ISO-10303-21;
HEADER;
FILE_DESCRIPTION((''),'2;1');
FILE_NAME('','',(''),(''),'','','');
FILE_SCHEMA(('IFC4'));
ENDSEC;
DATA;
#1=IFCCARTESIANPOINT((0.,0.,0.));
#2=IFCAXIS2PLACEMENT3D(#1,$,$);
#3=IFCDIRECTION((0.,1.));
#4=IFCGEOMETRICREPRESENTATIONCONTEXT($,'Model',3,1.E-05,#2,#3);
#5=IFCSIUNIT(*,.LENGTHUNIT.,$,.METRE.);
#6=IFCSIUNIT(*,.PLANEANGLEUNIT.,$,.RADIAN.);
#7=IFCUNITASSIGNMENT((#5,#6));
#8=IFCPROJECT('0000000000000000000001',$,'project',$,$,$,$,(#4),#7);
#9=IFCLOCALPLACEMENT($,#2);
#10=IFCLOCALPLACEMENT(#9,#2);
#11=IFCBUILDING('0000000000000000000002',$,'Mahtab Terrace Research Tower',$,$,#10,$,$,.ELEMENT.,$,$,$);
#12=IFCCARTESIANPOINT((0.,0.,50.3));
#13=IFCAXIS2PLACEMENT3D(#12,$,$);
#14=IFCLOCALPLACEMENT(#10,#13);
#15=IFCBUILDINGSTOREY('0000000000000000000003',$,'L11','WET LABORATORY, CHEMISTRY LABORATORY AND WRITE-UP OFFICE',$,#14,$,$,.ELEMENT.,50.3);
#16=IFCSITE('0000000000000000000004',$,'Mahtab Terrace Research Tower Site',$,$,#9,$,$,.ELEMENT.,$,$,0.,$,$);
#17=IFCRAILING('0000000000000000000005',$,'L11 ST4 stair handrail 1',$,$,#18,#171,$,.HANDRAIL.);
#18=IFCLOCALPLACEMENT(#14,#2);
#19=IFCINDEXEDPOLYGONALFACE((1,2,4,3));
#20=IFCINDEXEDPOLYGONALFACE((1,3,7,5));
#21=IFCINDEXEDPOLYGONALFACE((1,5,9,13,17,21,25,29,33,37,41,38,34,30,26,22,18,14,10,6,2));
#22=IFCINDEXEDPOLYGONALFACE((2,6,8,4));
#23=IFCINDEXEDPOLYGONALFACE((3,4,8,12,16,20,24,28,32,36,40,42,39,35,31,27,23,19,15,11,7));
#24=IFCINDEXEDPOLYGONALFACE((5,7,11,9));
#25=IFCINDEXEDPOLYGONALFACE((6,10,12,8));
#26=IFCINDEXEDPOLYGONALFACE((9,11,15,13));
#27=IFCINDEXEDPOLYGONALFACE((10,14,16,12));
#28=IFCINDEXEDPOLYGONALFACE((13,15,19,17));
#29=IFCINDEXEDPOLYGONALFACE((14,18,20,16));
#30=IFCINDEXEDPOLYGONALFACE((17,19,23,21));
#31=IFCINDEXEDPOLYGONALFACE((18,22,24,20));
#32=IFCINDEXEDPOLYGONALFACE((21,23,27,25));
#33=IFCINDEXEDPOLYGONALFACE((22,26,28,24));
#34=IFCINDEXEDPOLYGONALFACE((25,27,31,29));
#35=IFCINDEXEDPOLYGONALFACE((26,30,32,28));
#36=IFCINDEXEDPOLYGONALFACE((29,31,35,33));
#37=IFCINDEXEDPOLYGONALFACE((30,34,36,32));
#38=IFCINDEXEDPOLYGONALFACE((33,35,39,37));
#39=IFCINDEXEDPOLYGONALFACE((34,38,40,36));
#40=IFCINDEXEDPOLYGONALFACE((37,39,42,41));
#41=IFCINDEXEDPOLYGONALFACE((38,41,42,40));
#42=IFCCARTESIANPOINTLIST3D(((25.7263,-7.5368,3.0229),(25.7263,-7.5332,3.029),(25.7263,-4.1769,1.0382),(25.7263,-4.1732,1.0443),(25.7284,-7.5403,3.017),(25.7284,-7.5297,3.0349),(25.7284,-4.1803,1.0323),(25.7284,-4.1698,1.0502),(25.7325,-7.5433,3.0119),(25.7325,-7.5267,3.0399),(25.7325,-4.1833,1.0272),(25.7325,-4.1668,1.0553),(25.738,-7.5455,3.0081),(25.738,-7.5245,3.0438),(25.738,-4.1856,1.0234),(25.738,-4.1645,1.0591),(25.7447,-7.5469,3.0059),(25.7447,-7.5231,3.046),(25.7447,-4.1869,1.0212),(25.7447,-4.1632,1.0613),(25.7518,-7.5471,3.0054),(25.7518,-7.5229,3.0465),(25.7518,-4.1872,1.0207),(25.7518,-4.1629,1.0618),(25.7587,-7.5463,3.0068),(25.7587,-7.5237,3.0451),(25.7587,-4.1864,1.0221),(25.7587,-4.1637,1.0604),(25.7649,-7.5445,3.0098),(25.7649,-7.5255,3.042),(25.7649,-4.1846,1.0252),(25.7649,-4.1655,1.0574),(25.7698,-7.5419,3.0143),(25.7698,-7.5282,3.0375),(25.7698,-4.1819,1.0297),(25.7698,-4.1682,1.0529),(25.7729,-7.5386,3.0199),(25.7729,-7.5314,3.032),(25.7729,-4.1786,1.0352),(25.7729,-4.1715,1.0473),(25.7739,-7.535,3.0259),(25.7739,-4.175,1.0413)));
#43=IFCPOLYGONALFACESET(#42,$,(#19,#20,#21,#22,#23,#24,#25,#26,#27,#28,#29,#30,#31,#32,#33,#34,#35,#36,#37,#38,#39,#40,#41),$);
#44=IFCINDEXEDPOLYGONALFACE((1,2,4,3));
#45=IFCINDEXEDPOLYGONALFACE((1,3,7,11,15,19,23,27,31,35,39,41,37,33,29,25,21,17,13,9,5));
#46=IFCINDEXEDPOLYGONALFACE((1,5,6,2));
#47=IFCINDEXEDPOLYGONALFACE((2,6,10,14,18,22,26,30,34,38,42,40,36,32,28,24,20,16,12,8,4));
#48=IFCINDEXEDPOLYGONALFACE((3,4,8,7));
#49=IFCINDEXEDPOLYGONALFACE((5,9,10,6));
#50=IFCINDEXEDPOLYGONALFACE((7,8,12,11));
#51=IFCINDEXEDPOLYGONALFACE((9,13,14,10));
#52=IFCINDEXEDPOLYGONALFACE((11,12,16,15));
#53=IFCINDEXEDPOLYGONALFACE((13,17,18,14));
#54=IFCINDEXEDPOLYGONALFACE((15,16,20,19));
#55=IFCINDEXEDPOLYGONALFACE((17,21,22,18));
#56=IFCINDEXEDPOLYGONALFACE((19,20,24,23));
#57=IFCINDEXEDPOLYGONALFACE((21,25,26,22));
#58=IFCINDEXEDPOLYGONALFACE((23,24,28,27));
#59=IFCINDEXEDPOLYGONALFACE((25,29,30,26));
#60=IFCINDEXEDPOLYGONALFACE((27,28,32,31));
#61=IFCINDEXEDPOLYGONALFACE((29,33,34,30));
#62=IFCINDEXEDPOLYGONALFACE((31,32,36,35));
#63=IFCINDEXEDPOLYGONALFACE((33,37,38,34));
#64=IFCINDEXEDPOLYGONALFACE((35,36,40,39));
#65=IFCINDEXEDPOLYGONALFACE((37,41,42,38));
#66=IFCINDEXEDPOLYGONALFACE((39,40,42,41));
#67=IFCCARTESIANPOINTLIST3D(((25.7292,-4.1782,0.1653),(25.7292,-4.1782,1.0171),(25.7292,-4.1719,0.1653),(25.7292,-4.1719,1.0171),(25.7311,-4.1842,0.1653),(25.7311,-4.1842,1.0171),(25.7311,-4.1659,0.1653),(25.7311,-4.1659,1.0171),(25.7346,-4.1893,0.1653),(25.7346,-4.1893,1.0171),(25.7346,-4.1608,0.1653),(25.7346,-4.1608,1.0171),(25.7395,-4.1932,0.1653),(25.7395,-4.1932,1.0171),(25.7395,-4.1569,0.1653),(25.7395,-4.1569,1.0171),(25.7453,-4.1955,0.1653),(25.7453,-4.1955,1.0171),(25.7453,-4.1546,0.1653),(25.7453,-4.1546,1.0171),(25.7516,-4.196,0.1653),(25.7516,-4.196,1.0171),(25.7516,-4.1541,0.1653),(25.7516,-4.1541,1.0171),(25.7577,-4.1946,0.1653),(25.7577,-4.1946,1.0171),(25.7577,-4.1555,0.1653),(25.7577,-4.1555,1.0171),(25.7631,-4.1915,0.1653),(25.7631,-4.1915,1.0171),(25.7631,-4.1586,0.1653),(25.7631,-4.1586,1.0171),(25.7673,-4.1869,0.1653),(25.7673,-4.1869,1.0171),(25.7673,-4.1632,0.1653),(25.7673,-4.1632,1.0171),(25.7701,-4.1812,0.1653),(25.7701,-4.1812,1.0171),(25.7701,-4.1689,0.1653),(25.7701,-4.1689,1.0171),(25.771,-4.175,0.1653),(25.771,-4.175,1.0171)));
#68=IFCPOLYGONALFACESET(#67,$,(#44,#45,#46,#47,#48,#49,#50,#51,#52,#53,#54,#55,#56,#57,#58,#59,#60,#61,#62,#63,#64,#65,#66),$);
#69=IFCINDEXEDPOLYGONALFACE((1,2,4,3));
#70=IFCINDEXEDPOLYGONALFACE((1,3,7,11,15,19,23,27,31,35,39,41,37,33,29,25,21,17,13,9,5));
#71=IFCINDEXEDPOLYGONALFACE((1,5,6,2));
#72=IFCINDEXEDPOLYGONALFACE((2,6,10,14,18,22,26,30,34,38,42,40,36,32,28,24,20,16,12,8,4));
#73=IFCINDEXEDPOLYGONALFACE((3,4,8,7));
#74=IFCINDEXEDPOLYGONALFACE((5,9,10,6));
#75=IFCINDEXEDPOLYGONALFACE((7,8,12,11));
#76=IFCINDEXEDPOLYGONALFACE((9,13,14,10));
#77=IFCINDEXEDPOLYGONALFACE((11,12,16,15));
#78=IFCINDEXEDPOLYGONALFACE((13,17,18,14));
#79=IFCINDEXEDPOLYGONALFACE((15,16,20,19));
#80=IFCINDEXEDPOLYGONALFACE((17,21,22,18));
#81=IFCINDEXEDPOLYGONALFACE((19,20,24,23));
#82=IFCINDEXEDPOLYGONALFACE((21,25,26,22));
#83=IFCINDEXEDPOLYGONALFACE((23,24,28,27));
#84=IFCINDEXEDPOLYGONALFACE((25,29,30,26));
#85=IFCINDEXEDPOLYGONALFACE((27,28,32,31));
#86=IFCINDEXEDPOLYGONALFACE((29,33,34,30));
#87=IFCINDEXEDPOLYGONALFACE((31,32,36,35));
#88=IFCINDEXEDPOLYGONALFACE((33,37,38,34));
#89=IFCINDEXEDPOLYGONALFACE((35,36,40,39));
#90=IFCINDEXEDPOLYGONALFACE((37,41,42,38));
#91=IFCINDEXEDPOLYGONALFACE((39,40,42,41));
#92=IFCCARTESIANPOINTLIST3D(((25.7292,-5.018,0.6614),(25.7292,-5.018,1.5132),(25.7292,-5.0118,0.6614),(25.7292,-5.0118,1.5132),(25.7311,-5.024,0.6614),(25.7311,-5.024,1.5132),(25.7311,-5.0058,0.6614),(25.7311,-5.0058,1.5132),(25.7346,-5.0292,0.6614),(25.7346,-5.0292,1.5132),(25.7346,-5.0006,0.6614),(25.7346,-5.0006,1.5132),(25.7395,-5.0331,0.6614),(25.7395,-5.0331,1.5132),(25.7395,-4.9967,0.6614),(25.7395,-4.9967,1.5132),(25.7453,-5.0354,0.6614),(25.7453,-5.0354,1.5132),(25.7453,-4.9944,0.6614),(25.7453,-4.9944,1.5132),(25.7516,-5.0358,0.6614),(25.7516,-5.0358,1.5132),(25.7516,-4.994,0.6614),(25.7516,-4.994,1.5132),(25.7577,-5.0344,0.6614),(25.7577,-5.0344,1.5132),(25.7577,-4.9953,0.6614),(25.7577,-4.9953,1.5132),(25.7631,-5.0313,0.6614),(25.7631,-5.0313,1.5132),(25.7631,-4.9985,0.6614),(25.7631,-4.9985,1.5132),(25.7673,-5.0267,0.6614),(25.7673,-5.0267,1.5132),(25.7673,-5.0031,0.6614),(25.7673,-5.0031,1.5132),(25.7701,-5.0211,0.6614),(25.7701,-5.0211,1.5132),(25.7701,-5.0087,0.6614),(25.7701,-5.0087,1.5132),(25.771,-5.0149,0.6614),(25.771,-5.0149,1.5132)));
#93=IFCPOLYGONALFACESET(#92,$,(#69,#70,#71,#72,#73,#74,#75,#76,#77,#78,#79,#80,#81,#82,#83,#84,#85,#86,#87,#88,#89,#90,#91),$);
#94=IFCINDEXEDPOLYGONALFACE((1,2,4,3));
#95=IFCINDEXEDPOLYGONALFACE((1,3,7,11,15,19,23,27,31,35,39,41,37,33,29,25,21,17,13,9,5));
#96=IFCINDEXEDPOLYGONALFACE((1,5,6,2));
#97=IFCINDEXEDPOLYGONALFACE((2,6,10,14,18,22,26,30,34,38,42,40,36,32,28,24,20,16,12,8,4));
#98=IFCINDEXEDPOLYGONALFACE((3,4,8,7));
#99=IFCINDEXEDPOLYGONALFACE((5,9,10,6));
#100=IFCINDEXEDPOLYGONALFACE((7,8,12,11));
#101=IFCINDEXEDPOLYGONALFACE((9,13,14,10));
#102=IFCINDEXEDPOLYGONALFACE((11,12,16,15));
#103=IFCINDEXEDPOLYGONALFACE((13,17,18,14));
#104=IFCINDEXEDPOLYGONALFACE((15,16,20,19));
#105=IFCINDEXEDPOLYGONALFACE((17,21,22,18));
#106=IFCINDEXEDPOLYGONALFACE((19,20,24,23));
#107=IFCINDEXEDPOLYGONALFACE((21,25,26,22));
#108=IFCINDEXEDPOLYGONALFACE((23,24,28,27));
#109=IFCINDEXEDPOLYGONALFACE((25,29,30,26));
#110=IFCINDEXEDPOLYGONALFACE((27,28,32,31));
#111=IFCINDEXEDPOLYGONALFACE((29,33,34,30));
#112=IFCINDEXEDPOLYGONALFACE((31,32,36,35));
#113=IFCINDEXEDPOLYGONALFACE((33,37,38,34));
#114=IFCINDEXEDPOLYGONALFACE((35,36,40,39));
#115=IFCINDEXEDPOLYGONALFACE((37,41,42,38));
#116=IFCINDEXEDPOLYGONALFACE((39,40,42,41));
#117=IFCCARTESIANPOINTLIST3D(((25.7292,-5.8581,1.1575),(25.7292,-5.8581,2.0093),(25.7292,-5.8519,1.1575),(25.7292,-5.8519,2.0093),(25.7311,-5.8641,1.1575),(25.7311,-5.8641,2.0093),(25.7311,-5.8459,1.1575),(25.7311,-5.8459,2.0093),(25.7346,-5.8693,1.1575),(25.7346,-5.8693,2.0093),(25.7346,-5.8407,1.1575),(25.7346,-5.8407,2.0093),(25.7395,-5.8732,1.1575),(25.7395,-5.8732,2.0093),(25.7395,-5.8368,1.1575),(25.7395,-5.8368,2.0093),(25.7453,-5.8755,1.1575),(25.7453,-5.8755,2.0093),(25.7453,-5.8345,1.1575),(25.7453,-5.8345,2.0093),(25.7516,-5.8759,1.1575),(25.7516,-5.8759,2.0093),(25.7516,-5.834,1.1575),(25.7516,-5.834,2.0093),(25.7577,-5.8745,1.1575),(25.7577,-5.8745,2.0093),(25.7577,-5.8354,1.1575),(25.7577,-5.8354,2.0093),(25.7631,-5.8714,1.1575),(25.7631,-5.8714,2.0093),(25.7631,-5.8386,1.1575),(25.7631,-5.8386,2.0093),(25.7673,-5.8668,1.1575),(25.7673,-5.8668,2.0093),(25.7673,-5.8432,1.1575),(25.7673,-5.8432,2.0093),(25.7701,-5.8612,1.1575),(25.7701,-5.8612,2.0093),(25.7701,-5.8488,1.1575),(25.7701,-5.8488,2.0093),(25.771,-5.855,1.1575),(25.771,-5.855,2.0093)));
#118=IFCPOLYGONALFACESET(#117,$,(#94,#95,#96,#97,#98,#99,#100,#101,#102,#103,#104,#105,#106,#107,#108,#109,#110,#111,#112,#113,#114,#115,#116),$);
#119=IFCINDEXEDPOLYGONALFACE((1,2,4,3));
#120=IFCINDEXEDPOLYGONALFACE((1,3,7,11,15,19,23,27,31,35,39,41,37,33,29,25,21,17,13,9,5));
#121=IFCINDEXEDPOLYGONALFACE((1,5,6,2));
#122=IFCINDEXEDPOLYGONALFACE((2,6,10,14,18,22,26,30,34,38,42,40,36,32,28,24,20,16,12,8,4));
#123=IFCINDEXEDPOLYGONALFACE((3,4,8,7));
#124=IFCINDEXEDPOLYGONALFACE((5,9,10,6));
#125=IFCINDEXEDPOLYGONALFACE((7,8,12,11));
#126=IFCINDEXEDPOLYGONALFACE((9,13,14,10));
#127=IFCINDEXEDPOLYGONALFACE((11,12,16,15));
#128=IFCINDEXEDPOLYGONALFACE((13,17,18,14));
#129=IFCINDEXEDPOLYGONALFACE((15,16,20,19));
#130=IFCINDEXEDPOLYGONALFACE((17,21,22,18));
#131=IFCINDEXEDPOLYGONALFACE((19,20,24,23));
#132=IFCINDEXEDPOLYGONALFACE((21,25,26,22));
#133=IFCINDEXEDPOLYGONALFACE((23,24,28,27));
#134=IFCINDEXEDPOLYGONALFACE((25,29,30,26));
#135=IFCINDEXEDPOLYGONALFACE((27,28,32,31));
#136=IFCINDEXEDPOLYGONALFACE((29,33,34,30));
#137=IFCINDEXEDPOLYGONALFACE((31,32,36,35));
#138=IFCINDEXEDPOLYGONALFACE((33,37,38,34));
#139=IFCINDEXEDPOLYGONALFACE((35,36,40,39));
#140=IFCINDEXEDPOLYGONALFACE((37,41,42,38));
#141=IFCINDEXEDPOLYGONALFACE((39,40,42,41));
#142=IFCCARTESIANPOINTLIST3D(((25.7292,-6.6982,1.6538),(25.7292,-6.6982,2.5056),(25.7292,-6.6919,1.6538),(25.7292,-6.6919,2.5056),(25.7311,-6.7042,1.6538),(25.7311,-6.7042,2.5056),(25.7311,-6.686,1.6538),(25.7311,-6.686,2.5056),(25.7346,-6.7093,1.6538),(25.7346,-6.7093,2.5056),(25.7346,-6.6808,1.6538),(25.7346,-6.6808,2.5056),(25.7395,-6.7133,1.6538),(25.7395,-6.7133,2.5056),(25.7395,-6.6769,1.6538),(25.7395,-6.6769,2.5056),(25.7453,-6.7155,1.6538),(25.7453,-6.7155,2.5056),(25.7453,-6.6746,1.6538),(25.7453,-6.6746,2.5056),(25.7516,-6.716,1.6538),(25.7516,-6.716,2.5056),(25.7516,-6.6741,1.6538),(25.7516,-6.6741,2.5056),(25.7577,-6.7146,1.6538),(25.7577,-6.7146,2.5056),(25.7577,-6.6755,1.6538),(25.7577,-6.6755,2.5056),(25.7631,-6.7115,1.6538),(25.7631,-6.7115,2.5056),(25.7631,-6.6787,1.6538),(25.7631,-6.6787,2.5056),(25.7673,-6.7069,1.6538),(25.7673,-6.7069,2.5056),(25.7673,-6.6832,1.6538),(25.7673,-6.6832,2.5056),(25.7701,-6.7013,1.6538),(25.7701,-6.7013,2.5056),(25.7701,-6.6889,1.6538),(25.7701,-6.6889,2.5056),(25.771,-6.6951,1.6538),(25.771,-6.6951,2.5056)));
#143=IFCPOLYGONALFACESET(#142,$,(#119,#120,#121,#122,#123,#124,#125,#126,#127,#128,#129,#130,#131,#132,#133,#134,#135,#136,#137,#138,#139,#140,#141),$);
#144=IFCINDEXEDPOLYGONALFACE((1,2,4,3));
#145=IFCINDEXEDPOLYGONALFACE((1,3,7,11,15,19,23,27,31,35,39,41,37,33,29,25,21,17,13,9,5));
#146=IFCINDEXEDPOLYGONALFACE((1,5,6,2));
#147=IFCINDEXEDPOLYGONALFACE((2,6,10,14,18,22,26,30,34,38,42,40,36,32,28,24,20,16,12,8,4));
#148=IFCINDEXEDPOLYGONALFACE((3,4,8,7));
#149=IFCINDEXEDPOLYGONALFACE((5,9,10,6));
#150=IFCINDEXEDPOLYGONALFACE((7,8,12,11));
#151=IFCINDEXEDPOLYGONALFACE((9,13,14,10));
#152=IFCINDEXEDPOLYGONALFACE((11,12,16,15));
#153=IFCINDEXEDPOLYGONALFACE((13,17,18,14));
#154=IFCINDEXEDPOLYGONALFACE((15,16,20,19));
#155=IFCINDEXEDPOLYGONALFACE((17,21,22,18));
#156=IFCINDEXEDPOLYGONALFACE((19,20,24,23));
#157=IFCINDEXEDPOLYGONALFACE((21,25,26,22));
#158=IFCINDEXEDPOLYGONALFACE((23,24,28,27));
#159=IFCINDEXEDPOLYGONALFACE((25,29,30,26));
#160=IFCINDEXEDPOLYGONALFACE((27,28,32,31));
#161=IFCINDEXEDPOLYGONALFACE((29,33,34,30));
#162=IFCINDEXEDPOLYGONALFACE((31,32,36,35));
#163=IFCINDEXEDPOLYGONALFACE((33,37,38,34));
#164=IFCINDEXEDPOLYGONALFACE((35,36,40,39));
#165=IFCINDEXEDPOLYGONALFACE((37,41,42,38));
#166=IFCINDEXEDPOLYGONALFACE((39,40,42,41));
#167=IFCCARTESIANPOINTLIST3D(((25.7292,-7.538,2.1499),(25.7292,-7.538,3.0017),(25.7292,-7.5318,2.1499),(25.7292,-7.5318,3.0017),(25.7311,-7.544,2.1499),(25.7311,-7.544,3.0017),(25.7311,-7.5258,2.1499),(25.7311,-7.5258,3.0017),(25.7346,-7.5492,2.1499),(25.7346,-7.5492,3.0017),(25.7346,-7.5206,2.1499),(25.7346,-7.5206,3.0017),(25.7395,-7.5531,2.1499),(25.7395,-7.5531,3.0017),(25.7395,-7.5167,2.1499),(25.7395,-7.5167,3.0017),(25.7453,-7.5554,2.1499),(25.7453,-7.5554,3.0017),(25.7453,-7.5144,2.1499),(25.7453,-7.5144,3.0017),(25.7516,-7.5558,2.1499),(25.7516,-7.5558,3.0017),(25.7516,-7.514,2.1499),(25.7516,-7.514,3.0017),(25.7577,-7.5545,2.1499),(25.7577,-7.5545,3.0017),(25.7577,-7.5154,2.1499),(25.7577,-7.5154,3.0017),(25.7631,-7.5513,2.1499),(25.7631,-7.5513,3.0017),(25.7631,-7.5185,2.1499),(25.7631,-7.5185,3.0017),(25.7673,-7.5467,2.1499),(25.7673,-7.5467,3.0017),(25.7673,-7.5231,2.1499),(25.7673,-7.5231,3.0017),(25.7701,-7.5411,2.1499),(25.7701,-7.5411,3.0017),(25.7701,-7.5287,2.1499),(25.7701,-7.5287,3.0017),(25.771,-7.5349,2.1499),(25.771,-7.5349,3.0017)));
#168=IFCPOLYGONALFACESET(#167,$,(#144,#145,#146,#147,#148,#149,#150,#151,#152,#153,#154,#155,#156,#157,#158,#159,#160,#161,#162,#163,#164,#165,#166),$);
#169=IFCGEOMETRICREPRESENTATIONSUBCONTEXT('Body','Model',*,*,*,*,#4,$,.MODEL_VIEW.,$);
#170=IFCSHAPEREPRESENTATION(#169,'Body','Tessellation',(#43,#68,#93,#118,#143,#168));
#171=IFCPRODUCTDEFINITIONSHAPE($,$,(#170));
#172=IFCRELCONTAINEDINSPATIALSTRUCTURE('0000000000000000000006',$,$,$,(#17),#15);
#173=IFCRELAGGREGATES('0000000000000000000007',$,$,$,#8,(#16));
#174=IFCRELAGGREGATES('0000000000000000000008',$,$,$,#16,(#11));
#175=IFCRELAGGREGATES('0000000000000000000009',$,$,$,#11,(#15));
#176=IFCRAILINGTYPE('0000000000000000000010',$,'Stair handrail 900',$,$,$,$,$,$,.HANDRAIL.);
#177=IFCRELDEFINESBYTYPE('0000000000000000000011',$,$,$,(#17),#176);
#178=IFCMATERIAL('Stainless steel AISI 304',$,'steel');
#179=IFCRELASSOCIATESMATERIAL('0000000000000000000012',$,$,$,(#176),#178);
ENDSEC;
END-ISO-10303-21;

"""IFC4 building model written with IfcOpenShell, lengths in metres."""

from ifc_helpers import new_model, si_unit, direction, frame, origin, origin_2d, place, context, subcontext, project, spatial, circle, extrude, material, type_object, element, save


model = new_model("IFC4")

# Units and contexts
model_context = context("Model", 3, precision=1e-05, world=origin(), true_north=direction((0.0, 1.0)))
body_context = subcontext(model_context, "Body", "Model", "MODEL_VIEW")
ifc_project = project(units=[si_unit("LENGTHUNIT", "METRE"), si_unit("PLANEANGLEUNIT", "RADIAN")], contexts=[model_context])

# Site, building, storey
site_placement = place(None, origin())
site = spatial("IfcSite", under=ifc_project, at=site_placement, Name="Mahtab Terrace Research Tower Site", CompositionType="ELEMENT", RefElevation=0.0)
building_placement = place(site_placement, origin())
building = spatial("IfcBuilding", under=site, at=building_placement, Name="Mahtab Terrace Research Tower", CompositionType="ELEMENT")
storey_placement = place(building_placement, frame((0.0, 0.0, 50.3)))
storey = spatial("IfcBuildingStorey", under=building, at=storey_placement, Name="L11", Description="WET LABORATORY, CHEMISTRY LABORATORY AND WRITE-UP OFFICE", CompositionType="ELEMENT", Elevation=50.3)

# Railing
ifc_material_1 = material(Name="Stainless steel AISI 304", Category="steel")
railing_type_1 = type_object("IfcRailingType", Name="Stair handrail 900", PredefinedType="HANDRAIL", material=ifc_material_1)
railing_1_placement = place(storey_placement, frame((25.75, -4.175, 0.1653)))
element("IfcRailing", 1, at=railing_1_placement, inside=storey, type_object=railing_type_1, Name="L11 ST4 stair handrail 1", PredefinedType="HANDRAIL", context=body_context, shape_type="SweptSolid", body=[
    extrude(circle(Radius=0.0239, at=origin_2d()), frame((0.0, 0.0, 0.876), z_axis=(0.0, -0.861011, 0.508586), x_axis=(1.0, 0.0, 0.0)), (0.0, 0.0, 1.0), 3.9023),
    extrude(circle(Radius=0.021, at=origin_2d()), origin(), (0.0, 0.0, 1.0), 0.8518),
    extrude(circle(Radius=0.021, at=origin_2d()), frame((0.0, -0.8398, 0.4961)), (0.0, 0.0, 1.0), 0.8518),
    extrude(circle(Radius=0.021, at=origin_2d()), frame((0.0, -1.6799, 0.9922)), (0.0, 0.0, 1.0), 0.8518),
    extrude(circle(Radius=0.021, at=origin_2d()), frame((0.0, -2.52, 1.4885)), (0.0, 0.0, 1.0), 0.8518),
    extrude(circle(Radius=0.021, at=origin_2d()), frame((0.0, -3.3599, 1.9846)), (0.0, 0.0, 1.0), 0.8518),
])

save(model, "model.ifc")
